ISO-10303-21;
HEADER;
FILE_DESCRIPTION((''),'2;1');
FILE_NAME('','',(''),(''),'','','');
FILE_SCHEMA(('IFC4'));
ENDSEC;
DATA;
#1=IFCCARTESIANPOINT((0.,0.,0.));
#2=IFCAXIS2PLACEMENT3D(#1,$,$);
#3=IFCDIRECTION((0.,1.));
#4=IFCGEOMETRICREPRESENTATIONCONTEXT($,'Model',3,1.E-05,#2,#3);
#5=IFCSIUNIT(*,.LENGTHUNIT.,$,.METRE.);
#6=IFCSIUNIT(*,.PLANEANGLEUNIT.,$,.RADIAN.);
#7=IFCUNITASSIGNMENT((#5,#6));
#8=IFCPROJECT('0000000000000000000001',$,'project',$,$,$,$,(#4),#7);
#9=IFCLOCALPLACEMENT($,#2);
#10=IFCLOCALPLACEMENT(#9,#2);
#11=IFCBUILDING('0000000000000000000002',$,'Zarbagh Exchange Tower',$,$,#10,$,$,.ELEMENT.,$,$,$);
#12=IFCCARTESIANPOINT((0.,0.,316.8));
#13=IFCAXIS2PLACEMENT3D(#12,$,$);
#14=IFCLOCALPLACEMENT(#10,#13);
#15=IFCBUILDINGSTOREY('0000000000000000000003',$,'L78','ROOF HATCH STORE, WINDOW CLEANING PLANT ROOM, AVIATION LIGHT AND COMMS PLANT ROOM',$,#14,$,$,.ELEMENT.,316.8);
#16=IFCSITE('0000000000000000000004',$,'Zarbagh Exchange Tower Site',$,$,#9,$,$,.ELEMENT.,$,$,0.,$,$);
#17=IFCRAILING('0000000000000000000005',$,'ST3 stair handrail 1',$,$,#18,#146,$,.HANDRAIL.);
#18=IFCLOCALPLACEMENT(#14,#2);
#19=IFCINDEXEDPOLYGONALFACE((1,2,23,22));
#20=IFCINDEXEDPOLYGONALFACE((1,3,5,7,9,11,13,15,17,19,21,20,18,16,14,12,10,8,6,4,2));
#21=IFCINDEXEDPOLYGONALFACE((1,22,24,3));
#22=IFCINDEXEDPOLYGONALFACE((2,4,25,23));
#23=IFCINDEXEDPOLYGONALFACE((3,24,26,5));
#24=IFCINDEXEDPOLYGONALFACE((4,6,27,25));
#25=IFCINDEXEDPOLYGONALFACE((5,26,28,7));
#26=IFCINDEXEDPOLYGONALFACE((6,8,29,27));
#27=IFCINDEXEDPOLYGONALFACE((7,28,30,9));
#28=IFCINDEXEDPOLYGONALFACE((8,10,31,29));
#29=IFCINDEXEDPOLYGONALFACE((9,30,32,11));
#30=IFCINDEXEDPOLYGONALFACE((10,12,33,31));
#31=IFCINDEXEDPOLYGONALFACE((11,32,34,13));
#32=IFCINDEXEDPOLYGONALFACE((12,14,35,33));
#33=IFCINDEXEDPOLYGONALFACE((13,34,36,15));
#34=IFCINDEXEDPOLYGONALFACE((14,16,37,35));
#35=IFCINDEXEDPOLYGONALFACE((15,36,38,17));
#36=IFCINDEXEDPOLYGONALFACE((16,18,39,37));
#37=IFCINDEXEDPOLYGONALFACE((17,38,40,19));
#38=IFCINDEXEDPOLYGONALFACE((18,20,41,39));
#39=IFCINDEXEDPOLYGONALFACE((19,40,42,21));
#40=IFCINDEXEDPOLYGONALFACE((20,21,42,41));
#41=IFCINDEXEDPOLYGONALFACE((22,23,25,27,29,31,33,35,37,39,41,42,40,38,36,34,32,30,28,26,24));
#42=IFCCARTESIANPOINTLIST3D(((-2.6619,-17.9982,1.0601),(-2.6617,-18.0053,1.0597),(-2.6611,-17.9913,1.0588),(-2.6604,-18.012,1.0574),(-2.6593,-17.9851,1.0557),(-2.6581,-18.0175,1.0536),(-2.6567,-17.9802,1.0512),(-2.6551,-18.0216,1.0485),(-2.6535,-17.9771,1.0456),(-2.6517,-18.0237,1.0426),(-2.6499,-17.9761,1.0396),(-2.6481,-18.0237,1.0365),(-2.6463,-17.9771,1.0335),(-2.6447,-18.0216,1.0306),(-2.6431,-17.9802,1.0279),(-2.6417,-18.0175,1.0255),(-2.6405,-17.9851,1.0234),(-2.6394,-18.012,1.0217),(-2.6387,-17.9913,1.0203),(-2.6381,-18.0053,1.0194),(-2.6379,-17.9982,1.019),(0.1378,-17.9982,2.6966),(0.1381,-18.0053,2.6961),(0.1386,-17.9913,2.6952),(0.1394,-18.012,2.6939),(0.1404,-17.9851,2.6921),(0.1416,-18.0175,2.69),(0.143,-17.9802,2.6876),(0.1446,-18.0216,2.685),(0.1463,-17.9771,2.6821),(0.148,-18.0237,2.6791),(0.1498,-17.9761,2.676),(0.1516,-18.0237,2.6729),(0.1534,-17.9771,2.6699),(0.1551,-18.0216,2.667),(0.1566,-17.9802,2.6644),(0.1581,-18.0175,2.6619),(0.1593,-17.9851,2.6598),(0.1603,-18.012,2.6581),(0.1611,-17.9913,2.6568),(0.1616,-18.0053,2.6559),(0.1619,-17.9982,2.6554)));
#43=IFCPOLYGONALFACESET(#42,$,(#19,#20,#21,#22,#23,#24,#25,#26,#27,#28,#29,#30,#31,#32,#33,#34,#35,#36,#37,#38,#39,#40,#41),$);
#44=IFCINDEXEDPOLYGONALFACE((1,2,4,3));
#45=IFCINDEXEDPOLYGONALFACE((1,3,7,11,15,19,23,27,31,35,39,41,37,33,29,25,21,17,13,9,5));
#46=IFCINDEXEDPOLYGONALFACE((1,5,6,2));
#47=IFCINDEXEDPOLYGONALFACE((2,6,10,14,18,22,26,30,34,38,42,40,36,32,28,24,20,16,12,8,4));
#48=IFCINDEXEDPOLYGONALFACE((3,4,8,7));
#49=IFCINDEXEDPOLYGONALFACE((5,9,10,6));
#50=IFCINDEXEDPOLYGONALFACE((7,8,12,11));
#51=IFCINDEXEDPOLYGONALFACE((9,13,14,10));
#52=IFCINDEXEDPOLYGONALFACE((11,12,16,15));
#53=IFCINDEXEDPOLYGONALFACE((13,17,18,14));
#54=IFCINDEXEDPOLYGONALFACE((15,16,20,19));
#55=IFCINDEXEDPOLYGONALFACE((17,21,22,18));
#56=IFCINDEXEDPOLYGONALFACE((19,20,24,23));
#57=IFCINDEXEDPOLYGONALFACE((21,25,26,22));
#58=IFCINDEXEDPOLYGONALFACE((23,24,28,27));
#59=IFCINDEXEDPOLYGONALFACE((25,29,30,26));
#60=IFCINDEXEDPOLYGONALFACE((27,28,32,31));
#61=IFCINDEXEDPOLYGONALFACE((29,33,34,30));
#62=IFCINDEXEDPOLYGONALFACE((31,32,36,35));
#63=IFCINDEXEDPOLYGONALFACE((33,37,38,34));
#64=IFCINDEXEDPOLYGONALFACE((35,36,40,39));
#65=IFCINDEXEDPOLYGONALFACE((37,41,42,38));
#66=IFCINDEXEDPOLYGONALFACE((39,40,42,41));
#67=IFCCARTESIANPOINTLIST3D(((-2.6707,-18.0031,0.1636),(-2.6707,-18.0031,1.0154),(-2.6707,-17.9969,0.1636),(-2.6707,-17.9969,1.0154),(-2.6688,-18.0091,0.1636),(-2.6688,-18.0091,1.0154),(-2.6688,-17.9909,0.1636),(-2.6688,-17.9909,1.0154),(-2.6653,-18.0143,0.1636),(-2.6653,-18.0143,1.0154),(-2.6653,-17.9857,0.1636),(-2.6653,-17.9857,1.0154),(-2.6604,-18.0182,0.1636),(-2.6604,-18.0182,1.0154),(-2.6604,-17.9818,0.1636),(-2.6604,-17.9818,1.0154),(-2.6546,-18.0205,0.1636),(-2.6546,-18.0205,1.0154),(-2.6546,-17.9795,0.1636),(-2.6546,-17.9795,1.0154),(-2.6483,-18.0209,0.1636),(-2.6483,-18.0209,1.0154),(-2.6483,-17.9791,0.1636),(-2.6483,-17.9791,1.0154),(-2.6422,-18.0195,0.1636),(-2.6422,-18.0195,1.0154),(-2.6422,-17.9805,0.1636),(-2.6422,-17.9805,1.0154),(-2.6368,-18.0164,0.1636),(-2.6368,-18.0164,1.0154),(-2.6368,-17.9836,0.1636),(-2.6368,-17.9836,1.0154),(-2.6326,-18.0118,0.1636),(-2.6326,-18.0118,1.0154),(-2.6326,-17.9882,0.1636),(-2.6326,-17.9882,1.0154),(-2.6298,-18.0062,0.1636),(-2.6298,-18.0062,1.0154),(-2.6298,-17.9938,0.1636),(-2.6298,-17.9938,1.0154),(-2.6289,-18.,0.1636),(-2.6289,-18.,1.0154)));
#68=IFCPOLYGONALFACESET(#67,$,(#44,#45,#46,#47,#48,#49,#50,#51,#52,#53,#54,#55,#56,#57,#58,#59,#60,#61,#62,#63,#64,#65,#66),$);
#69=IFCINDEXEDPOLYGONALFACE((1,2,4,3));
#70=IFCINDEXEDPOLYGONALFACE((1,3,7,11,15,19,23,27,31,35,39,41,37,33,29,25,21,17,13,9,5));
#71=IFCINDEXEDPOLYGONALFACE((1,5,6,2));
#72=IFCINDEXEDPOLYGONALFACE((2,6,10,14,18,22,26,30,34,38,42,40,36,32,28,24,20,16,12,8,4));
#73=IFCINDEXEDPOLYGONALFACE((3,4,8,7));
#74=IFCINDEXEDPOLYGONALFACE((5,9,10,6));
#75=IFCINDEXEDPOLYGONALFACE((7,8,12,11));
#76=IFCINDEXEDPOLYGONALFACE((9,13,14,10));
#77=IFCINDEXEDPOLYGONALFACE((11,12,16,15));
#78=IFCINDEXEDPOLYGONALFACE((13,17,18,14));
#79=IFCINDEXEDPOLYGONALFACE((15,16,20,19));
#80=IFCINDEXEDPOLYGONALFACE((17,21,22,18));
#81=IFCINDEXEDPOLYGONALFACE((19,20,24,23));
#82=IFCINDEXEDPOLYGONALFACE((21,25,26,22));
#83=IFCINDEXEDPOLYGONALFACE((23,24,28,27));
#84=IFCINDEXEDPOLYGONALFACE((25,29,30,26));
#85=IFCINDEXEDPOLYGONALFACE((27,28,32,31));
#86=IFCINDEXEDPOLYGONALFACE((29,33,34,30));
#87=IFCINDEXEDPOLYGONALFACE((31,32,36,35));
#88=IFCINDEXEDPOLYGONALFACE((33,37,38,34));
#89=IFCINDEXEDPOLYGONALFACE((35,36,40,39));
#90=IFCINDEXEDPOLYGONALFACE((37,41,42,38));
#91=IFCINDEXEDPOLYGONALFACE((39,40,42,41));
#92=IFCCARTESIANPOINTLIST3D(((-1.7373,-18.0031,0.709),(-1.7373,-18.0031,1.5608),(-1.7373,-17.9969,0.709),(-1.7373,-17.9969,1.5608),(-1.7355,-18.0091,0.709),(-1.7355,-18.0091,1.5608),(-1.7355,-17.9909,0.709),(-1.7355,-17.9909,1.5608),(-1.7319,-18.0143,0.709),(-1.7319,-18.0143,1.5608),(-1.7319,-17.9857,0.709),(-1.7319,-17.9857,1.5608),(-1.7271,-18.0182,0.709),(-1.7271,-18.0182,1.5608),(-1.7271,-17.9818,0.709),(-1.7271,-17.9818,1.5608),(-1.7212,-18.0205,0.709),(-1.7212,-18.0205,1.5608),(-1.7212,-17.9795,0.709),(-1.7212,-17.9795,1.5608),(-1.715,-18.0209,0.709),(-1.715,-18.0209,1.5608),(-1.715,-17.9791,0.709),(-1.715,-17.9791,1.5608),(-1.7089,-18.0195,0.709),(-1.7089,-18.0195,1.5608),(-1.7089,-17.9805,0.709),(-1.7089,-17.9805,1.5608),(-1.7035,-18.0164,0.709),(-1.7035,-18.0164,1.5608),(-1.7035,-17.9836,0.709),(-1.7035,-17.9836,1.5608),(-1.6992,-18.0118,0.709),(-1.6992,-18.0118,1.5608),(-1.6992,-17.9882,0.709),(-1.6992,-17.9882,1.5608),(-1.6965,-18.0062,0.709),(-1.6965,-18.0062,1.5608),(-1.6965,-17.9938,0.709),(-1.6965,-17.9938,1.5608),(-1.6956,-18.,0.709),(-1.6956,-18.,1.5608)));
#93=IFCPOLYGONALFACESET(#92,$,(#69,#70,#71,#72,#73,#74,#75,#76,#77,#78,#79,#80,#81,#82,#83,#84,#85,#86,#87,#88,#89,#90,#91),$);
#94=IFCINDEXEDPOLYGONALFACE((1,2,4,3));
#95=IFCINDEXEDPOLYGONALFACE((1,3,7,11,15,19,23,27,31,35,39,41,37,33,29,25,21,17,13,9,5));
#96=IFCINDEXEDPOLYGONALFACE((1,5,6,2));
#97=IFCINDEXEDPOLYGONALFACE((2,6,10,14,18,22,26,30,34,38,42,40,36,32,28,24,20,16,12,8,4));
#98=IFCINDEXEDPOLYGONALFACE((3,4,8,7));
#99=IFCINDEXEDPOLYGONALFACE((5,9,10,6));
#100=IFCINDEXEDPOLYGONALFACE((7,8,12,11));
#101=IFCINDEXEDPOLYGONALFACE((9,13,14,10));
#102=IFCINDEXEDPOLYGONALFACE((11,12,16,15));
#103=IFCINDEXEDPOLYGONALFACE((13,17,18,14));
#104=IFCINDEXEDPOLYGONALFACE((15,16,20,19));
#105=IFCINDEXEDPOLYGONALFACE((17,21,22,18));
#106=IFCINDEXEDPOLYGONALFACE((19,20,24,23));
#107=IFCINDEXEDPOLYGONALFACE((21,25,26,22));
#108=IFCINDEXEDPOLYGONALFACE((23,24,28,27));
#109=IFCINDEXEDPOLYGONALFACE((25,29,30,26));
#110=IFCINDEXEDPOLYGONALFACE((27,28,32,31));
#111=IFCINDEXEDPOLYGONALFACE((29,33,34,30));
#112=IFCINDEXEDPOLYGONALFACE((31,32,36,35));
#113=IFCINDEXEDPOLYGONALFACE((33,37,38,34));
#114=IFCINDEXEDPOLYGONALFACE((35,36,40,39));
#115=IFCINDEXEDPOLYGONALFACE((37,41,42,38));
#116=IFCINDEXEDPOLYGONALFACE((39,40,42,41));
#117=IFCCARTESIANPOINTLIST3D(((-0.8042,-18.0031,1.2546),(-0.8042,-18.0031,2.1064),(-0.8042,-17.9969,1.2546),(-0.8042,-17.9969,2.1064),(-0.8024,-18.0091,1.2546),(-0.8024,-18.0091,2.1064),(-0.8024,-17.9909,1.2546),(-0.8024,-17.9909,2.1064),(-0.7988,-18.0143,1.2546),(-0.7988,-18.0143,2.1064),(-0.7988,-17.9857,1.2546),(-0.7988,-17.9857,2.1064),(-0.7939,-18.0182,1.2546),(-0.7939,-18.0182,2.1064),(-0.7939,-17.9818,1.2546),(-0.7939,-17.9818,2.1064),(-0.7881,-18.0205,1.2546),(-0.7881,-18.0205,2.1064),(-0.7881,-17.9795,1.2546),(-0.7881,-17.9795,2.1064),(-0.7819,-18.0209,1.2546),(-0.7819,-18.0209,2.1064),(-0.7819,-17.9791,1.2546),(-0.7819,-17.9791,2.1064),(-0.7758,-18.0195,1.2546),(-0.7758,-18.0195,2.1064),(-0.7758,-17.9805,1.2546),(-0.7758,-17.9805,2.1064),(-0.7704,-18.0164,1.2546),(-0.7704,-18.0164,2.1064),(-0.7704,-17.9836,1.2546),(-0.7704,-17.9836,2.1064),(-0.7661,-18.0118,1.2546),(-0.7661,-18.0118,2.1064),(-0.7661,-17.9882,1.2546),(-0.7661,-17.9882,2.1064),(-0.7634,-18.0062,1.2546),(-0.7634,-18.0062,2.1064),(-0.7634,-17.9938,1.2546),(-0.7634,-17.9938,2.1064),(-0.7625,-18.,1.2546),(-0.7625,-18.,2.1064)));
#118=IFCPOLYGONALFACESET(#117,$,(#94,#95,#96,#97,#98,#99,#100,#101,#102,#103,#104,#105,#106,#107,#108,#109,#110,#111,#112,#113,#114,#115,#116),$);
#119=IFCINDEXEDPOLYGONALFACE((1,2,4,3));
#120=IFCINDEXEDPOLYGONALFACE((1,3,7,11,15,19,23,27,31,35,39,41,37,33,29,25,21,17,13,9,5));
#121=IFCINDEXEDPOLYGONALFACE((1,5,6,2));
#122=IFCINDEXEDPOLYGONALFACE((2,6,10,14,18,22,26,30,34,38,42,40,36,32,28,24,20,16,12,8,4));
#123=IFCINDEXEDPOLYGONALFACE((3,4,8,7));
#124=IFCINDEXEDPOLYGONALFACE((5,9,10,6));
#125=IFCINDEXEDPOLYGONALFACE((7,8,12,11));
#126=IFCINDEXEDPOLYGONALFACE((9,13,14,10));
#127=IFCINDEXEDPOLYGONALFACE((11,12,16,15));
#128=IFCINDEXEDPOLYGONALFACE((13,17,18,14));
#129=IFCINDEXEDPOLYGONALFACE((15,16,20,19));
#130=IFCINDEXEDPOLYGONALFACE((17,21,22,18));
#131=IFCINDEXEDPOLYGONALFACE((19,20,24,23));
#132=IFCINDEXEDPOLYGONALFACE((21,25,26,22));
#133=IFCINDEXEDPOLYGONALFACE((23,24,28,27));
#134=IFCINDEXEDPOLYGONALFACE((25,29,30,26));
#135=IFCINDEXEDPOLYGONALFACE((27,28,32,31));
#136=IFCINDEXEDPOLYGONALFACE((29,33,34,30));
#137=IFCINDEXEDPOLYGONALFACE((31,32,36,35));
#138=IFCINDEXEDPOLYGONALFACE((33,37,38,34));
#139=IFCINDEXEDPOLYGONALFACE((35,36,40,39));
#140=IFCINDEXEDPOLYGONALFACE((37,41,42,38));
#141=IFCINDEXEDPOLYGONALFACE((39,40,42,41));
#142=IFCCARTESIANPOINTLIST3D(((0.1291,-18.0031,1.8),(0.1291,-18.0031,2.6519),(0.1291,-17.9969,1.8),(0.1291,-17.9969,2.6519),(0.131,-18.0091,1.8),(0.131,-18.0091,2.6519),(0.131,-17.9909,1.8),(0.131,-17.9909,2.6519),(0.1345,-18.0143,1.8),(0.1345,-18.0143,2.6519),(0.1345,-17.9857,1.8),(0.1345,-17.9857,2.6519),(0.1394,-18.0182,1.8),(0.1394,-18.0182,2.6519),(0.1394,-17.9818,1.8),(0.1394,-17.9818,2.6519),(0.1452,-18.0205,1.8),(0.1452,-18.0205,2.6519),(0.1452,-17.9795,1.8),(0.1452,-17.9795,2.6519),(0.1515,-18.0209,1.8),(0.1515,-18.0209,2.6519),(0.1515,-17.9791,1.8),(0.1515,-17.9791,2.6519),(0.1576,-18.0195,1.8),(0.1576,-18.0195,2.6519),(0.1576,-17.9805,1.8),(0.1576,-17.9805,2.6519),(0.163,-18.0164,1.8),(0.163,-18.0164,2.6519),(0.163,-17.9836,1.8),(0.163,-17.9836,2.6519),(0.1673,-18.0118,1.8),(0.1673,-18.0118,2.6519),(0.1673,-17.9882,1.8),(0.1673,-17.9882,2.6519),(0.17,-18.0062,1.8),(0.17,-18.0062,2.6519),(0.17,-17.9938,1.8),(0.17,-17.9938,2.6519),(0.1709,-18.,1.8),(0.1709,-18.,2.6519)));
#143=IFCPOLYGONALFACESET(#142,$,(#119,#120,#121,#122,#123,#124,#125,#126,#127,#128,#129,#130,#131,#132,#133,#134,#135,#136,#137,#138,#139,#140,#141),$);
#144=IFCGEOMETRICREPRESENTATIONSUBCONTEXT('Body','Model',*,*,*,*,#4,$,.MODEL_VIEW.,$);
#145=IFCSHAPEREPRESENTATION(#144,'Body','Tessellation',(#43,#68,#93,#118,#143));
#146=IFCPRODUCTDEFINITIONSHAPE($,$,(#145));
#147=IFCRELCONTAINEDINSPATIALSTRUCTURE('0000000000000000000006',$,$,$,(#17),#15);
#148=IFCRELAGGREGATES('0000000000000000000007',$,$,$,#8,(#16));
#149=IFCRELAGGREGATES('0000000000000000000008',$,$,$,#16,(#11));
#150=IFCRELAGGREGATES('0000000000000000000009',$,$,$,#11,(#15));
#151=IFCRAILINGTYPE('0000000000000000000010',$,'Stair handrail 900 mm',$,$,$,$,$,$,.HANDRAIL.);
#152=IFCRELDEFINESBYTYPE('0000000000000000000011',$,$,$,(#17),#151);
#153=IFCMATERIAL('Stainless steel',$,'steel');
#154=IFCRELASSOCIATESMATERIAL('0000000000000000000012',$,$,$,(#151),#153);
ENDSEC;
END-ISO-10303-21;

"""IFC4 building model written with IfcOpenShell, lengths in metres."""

from ifc_helpers import new_model, si_unit, direction, frame, origin, origin_2d, place, context, subcontext, project, spatial, circle, extrude, material, type_object, element, save


model = new_model("IFC4")

# Units and contexts
model_context = context("Model", 3, precision=1e-05, world=origin(), true_north=direction((0.0, 1.0)))
body_context = subcontext(model_context, "Body", "Model", "MODEL_VIEW")
ifc_project = project(units=[si_unit("LENGTHUNIT", "METRE"), si_unit("PLANEANGLEUNIT", "RADIAN")], contexts=[model_context])

# Site, building, storey
site_placement = place(None, origin())
site = spatial("IfcSite", under=ifc_project, at=site_placement, Name="Zarbagh Exchange Tower Site", CompositionType="ELEMENT", RefElevation=0.0)
building_placement = place(site_placement, origin())
building = spatial("IfcBuilding", under=site, at=building_placement, Name="Zarbagh Exchange Tower", CompositionType="ELEMENT")
storey_placement = place(building_placement, frame((0.0, 0.0, 316.8)))
storey = spatial("IfcBuildingStorey", under=building, at=storey_placement, Name="L78", Description="ROOF HATCH STORE, WINDOW CLEANING PLANT ROOM, AVIATION LIGHT AND COMMS PLANT ROOM", CompositionType="ELEMENT", Elevation=316.8)

# Shared definitions
ifc_material_1 = material(Name="Stainless steel", Category="steel")

# Railing
railing_type_1 = type_object("IfcRailingType", Name="Stair handrail 900 mm", PredefinedType="HANDRAIL", material=ifc_material_1)
railing_1_placement = place(storey_placement, frame((-2.6499, -18.0, 0.1636)))
element("IfcRailing", 1, at=railing_1_placement, inside=storey, type_object=railing_type_1, Name="ST3 stair handrail 1", PredefinedType="HANDRAIL", context=body_context, shape_type="SweptSolid", body=[
    extrude(circle(Radius=0.0239, at=origin_2d()), frame((0.0, 0.0, 0.876), z_axis=(0.863342, 0.0, 0.50462), x_axis=(0.0, 1.0, 0.0)), (0.0, 0.0, 1.0), 3.2429),
    extrude(circle(Radius=0.021, at=origin_2d()), origin(), (0.0, 0.0, 1.0), 0.8518),
    extrude(circle(Radius=0.021, at=origin_2d()), frame((0.9333, 0.0, 0.5454)), (0.0, 0.0, 1.0), 0.8518),
    extrude(circle(Radius=0.021, at=origin_2d()), frame((1.8665, 0.0, 1.0911)), (0.0, 0.0, 1.0), 0.8518),
    extrude(circle(Radius=0.021, at=origin_2d()), frame((2.7998, 0.0, 1.6365)), (0.0, 0.0, 1.0), 0.8518),
])

save(model, "model.ifc")
